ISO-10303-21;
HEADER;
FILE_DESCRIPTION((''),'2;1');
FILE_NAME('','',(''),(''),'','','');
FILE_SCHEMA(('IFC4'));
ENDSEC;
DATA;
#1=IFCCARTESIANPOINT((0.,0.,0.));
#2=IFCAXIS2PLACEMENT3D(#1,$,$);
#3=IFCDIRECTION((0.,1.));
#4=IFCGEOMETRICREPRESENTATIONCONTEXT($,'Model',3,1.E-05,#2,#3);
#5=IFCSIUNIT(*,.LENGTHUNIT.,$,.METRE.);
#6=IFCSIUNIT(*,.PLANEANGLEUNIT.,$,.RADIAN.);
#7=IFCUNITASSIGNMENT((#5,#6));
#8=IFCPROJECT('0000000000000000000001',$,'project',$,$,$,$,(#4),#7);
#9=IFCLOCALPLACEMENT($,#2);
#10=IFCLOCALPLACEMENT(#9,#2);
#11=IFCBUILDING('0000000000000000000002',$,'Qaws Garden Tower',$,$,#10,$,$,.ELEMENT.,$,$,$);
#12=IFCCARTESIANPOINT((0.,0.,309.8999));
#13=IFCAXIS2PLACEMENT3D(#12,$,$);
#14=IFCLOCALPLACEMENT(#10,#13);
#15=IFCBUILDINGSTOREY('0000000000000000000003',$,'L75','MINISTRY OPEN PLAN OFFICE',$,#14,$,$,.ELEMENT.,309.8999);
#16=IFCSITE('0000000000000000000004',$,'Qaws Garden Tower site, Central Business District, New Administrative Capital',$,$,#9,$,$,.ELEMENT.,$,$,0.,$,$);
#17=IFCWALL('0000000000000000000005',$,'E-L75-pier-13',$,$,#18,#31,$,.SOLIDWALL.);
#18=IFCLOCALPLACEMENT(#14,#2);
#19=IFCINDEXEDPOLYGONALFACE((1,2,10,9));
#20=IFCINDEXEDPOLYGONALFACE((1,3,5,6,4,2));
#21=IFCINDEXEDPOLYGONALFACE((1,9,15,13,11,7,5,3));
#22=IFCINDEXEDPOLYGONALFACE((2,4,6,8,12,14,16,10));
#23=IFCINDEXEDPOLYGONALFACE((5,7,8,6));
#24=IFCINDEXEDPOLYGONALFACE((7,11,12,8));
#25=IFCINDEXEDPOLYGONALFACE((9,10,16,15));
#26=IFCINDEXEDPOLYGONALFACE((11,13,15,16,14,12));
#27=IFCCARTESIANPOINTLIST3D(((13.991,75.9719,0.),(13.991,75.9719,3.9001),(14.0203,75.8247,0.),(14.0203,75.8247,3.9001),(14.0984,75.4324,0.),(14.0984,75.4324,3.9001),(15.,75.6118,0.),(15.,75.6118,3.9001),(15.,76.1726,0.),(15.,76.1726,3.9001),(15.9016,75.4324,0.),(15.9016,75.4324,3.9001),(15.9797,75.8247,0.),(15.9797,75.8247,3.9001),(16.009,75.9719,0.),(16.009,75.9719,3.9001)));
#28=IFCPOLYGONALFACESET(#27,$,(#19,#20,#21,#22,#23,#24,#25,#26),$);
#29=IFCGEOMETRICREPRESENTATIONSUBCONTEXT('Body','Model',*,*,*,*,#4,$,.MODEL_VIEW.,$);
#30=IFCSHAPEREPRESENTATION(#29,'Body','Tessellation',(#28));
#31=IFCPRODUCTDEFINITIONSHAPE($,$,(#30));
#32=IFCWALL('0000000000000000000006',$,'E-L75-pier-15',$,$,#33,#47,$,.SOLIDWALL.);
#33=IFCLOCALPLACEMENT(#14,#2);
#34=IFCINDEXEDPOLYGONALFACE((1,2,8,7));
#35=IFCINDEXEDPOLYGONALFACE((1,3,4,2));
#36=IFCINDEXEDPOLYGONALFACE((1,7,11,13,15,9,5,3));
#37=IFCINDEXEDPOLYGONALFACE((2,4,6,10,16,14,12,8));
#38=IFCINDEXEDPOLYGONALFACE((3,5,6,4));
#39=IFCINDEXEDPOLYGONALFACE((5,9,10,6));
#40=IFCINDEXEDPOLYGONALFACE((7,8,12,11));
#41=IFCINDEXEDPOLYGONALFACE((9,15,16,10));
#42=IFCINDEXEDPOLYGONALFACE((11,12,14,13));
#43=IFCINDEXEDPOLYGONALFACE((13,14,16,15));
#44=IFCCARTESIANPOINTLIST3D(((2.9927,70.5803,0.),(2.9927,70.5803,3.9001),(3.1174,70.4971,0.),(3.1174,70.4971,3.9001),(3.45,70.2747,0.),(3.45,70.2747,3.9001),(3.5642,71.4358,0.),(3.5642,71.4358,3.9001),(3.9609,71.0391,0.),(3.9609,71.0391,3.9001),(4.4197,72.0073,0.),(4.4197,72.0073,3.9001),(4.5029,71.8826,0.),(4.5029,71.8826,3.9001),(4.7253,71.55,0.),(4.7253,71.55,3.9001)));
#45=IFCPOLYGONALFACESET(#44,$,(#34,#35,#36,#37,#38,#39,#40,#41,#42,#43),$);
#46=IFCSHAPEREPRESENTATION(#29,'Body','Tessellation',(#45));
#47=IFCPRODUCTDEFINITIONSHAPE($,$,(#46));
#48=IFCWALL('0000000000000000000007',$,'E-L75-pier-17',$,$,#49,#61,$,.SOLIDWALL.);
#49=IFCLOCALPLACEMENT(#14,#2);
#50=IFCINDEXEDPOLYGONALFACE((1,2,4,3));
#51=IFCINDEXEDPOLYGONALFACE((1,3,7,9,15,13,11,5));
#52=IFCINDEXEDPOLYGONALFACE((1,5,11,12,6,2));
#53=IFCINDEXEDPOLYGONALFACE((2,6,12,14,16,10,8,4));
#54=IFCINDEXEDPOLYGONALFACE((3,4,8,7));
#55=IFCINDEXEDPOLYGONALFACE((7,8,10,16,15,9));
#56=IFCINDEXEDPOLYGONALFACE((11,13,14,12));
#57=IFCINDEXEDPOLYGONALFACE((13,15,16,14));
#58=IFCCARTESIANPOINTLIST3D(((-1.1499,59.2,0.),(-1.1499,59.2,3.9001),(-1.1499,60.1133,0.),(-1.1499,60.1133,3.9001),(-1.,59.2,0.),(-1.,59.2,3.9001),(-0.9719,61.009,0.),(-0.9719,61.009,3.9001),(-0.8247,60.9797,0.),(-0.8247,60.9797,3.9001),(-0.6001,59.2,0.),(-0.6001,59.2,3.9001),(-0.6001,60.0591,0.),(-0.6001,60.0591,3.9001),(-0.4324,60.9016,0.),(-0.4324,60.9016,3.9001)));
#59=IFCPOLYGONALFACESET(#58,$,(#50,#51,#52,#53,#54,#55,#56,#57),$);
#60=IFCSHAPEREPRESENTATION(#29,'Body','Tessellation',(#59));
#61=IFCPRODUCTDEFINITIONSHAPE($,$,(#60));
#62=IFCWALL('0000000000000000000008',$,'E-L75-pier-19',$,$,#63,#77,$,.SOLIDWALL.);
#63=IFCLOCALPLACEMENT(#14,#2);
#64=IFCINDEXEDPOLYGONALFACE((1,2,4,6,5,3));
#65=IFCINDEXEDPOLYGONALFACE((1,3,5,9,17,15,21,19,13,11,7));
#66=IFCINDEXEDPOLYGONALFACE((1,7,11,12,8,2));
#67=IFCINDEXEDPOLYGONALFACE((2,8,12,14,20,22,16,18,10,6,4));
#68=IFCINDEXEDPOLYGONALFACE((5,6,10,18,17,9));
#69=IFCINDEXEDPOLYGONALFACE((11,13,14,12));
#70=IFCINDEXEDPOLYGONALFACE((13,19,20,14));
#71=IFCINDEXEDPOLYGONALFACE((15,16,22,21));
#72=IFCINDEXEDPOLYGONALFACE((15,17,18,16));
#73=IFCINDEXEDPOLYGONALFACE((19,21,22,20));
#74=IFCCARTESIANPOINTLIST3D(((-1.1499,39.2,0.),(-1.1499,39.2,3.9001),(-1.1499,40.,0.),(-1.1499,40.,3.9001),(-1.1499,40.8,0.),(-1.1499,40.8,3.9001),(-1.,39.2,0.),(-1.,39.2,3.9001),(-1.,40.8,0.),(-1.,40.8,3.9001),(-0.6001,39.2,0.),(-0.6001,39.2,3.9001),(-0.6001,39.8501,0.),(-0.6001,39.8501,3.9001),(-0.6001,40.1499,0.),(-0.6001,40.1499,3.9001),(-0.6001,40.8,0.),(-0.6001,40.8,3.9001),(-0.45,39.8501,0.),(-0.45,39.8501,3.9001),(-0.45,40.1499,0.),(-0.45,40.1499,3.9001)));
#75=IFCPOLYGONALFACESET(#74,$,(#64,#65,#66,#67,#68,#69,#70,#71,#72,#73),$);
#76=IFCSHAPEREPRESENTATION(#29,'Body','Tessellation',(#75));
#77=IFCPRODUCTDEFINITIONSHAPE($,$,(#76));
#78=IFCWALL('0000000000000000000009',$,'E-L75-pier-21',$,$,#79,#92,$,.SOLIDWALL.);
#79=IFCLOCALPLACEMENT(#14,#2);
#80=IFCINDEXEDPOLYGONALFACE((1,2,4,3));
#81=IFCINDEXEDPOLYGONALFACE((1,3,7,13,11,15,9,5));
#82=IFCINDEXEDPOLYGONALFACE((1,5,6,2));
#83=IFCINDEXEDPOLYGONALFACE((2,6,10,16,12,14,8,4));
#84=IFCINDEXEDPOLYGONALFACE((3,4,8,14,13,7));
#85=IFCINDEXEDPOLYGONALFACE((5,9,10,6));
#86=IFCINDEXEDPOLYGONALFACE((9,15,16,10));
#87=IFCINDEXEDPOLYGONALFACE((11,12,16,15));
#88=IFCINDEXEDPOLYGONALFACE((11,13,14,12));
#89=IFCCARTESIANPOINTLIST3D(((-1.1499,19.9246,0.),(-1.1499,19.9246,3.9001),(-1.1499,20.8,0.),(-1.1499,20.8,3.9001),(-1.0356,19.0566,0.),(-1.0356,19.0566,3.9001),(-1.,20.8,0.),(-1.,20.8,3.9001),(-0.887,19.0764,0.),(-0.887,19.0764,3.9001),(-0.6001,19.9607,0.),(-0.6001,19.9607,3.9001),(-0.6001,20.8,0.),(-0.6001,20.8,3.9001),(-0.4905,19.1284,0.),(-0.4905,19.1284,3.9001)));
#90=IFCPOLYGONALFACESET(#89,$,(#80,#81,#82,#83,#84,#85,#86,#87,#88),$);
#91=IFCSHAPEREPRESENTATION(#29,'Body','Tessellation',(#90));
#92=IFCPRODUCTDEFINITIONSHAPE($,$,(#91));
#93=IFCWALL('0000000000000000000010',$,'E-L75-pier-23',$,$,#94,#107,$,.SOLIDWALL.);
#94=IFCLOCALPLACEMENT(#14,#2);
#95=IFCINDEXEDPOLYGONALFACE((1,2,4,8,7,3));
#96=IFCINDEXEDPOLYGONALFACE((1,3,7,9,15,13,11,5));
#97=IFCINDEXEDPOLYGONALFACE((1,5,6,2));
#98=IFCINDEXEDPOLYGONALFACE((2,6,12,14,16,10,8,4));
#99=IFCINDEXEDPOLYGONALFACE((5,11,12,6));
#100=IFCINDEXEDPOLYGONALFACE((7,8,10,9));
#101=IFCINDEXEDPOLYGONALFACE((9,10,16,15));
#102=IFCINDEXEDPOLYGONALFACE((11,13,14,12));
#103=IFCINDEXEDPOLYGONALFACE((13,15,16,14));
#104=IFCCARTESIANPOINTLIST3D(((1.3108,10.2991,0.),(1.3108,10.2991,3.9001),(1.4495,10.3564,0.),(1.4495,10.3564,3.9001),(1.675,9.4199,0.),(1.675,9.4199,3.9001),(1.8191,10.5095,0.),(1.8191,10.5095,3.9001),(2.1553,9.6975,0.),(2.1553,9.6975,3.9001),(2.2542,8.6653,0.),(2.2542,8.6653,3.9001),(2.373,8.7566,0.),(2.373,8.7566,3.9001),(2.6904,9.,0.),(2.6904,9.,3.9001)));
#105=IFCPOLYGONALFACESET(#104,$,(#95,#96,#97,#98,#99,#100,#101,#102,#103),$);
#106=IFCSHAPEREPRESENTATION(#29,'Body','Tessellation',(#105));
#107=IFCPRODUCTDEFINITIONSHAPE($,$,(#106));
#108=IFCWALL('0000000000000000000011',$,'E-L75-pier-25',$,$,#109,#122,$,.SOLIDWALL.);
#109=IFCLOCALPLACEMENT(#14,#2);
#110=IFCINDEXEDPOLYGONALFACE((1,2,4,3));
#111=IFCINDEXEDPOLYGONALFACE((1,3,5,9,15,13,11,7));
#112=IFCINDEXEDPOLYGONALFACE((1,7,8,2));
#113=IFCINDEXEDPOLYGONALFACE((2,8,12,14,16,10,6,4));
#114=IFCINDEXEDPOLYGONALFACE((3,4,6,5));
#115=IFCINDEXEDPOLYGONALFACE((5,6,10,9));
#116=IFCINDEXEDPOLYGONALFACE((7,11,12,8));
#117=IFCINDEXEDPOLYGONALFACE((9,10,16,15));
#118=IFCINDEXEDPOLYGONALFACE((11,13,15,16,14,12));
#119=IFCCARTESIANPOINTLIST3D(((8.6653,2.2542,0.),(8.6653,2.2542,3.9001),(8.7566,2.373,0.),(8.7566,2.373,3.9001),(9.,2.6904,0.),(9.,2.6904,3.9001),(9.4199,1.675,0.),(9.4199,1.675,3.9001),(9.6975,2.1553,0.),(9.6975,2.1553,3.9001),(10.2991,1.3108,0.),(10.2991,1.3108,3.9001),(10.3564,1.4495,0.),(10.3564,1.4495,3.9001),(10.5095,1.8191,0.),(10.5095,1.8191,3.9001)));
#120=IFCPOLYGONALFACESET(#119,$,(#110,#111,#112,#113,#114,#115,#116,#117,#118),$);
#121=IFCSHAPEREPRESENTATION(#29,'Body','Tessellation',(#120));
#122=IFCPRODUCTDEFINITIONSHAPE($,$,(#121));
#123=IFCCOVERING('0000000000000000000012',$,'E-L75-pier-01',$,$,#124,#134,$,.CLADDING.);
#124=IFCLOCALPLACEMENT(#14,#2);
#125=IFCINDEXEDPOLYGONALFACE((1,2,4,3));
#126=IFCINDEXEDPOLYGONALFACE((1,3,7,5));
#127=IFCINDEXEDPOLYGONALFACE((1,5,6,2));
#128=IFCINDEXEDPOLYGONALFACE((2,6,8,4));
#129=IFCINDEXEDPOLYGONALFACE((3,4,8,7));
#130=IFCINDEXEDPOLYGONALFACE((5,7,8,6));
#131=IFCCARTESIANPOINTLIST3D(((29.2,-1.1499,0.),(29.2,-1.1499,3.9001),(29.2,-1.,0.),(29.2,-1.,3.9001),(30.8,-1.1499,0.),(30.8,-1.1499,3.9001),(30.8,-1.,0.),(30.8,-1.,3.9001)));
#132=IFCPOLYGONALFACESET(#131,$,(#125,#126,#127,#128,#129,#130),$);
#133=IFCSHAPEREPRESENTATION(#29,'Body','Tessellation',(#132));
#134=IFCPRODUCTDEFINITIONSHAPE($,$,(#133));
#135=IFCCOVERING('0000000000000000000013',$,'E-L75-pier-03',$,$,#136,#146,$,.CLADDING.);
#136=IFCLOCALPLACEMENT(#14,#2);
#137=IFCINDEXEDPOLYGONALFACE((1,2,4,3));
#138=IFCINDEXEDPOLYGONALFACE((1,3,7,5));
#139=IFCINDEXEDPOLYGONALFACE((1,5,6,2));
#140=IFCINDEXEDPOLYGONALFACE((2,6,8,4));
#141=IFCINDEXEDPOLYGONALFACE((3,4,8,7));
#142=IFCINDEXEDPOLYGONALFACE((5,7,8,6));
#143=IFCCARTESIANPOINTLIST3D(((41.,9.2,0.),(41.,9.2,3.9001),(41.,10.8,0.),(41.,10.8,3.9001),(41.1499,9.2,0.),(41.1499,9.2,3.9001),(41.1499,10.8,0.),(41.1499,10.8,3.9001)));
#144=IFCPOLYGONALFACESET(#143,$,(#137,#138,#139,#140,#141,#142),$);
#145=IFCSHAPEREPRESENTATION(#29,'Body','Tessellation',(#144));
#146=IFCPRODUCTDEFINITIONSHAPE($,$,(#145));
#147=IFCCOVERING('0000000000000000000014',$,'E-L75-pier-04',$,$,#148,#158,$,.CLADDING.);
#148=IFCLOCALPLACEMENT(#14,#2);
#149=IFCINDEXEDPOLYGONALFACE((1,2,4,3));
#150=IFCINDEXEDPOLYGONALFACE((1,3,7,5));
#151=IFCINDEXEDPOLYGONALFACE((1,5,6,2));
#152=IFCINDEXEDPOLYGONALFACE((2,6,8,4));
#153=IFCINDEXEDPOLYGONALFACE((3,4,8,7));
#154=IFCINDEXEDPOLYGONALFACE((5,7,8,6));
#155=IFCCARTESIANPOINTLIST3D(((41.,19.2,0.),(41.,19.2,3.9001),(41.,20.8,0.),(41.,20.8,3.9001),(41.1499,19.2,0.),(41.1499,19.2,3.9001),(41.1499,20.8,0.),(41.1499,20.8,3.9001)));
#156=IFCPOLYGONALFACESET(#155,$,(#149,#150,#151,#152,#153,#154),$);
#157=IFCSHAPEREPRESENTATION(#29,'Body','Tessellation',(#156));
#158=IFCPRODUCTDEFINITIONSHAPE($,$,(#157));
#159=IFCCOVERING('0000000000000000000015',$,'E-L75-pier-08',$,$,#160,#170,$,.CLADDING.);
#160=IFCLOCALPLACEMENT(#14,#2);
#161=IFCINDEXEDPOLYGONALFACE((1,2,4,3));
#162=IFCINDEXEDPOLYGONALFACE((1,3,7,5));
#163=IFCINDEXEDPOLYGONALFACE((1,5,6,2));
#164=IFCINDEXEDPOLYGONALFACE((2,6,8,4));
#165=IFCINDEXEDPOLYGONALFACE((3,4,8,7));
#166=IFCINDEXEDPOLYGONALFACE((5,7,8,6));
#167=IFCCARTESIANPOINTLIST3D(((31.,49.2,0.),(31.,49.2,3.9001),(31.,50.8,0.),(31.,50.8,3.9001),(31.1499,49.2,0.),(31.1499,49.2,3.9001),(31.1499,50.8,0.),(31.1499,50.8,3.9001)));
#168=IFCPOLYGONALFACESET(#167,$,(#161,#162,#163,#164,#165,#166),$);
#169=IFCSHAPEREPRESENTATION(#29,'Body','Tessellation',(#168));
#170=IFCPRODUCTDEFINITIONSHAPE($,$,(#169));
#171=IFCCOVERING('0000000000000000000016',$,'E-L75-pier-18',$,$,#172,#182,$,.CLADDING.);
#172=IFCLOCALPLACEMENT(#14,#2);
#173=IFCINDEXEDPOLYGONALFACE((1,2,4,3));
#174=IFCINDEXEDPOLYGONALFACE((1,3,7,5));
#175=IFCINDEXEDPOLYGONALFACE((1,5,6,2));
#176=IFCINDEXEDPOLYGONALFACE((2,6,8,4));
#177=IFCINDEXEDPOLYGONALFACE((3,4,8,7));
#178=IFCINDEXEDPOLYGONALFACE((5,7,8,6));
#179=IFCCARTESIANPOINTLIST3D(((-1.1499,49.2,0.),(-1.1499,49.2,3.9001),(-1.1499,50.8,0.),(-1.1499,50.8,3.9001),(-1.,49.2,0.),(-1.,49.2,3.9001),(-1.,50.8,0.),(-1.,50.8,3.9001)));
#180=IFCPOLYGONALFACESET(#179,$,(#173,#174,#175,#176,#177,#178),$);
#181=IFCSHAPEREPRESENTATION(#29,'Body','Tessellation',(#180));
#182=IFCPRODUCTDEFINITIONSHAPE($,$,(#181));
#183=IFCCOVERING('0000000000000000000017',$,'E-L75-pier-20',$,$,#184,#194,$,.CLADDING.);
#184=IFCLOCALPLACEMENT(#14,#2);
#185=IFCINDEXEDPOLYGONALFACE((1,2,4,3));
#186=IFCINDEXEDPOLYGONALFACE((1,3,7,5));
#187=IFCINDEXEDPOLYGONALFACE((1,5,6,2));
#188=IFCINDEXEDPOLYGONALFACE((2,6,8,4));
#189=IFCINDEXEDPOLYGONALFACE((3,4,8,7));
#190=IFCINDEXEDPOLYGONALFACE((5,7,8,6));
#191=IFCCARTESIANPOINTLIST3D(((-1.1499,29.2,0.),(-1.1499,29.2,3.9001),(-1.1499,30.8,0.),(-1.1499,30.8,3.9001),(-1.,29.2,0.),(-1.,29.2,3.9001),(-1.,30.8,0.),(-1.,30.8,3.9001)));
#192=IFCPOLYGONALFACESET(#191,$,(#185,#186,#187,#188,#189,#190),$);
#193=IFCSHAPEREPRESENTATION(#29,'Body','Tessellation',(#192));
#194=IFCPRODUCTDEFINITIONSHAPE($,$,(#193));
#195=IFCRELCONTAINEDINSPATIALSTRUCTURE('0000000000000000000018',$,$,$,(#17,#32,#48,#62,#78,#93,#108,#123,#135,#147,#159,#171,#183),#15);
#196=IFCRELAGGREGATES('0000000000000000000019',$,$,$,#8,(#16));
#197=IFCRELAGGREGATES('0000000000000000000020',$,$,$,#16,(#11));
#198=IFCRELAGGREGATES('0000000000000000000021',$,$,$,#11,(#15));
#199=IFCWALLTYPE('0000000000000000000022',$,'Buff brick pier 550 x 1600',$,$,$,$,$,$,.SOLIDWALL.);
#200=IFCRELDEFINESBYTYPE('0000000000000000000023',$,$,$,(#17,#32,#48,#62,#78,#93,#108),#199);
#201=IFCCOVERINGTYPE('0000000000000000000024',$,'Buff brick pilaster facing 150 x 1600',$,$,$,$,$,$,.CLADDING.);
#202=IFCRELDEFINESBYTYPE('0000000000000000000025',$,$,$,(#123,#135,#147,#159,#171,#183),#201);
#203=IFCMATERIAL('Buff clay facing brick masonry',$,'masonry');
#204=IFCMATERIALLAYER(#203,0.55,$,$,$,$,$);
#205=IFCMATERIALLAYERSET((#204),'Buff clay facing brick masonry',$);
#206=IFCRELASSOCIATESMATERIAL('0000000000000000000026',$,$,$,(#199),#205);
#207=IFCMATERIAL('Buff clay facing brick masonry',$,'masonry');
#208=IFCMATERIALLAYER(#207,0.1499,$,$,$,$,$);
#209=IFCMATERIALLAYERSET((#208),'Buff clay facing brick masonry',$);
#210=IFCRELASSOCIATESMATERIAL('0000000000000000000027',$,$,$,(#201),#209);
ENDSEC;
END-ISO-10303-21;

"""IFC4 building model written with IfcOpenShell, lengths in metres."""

from ifc_helpers import new_model, si_unit, direction, frame, origin, place, context, subcontext, project, spatial, polyline, outline, extrude, material, layer, layer_set, type_object, element, save


model = new_model("IFC4")

# Units and contexts
model_context = context("Model", 3, precision=1e-05, world=origin(), true_north=direction((0.0, 1.0)))
body_context = subcontext(model_context, "Body", "Model", "MODEL_VIEW")
ifc_project = project(units=[si_unit("LENGTHUNIT", "METRE"), si_unit("PLANEANGLEUNIT", "RADIAN")], contexts=[model_context])

# Site, building, storey
site_placement = place(None, origin())
site = spatial("IfcSite", under=ifc_project, at=site_placement, Name="Qaws Garden Tower site, Central Business District, New Administrative Capital", CompositionType="ELEMENT", RefElevation=0.0)
building_placement = place(site_placement, origin())
building = spatial("IfcBuilding", under=site, at=building_placement, Name="Qaws Garden Tower", CompositionType="ELEMENT")
storey_placement = place(building_placement, frame((0.0, 0.0, 309.8999)))
storey = spatial("IfcBuildingStorey", under=building, at=storey_placement, Name="L75", Description="MINISTRY OPEN PLAN OFFICE", CompositionType="ELEMENT", Elevation=309.8999)

# Walls
placement = place(storey_placement, origin())
ifc_material_1 = material(Name="Buff clay facing brick masonry", Category="masonry")
ifc_layer_1 = layer(ifc_material_1, 0.55)
ifc_layer_set_1 = layer_set([ifc_layer_1], Name="Buff clay facing brick masonry")
wall_type_1 = type_object("IfcWallType", Name="Buff brick pier 550 x 1600", PredefinedType="SOLIDWALL", material=ifc_layer_set_1)
element("IfcWall", 1, at=placement, inside=storey, type_object=wall_type_1, Name="E-L75-pier-13", PredefinedType="SOLIDWALL", context=body_context, shape_type="SweptSolid", body=[
    extrude(outline(polyline([(15.9797, 75.8247), (16.009, 75.9719), (15.0, 76.1726), (13.991, 75.9719), (14.0203, 75.8247), (14.0984, 75.4324), (15.0, 75.6118), (15.9016, 75.4324), (15.9797, 75.8247)])), origin(), (0.0, 0.0, 1.0), 3.9001),
])
element("IfcWall", 2, at=placement, inside=storey, type_object=wall_type_1, Name="E-L75-pier-15", PredefinedType="SOLIDWALL", context=body_context, shape_type="SweptSolid", body=[
    extrude(outline(polyline([(4.5029, 71.8826), (4.4197, 72.0073), (3.5642, 71.4358), (2.9927, 70.5803), (3.1174, 70.4971), (3.45, 70.2747), (3.9609, 71.0391), (4.7253, 71.55), (4.5029, 71.8826)])), origin(), (0.0, 0.0, 1.0), 3.9001),
])
element("IfcWall", 3, at=placement, inside=storey, type_object=wall_type_1, Name="E-L75-pier-17", PredefinedType="SOLIDWALL", context=body_context, shape_type="SweptSolid", body=[
    extrude(outline(polyline([(-0.8247, 60.9797), (-0.9719, 61.009), (-1.1499, 60.1133), (-1.1499, 59.2), (-1.0, 59.2), (-0.6001, 59.2), (-0.6001, 60.0591), (-0.4324, 60.9016), (-0.8247, 60.9797)])), origin(), (0.0, 0.0, 1.0), 3.9001),
])
element("IfcWall", 4, at=placement, inside=storey, type_object=wall_type_1, Name="E-L75-pier-19", PredefinedType="SOLIDWALL", context=body_context, shape_type="SweptSolid", body=[
    extrude(outline(polyline([(-0.6001, 39.2), (-0.6001, 39.8501), (-0.45, 39.8501), (-0.45, 40.1499), (-0.6001, 40.1499), (-0.6001, 40.8), (-1.0, 40.8), (-1.1499, 40.8), (-1.1499, 40.0), (-1.1499, 39.2), (-1.0, 39.2), (-0.6001, 39.2)])), origin(), (0.0, 0.0, 1.0), 3.9001),
])
element("IfcWall", 5, at=placement, inside=storey, type_object=wall_type_1, Name="E-L75-pier-21", PredefinedType="SOLIDWALL", context=body_context, shape_type="SweptSolid", body=[
    extrude(outline(polyline([(-1.0, 20.8), (-1.1499, 20.8), (-1.1499, 19.9246), (-1.0356, 19.0566), (-0.887, 19.0764), (-0.4905, 19.1284), (-0.6001, 19.9607), (-0.6001, 20.8), (-1.0, 20.8)])), origin(), (0.0, 0.0, 1.0), 3.9001),
])
element("IfcWall", 6, at=placement, inside=storey, type_object=wall_type_1, Name="E-L75-pier-23", PredefinedType="SOLIDWALL", context=body_context, shape_type="SweptSolid", body=[
    extrude(outline(polyline([(1.4495, 10.3564), (1.3108, 10.2991), (1.675, 9.4199), (2.2542, 8.6653), (2.373, 8.7566), (2.6904, 9.0), (2.1553, 9.6975), (1.8191, 10.5095), (1.4495, 10.3564)])), origin(), (0.0, 0.0, 1.0), 3.9001),
])
element("IfcWall", 7, at=placement, inside=storey, type_object=wall_type_1, Name="E-L75-pier-25", PredefinedType="SOLIDWALL", context=body_context, shape_type="SweptSolid", body=[
    extrude(outline(polyline([(8.7566, 2.373), (8.6653, 2.2542), (9.4199, 1.675), (10.2991, 1.3108), (10.3564, 1.4495), (10.5095, 1.8191), (9.6975, 2.1553), (9.0, 2.6904), (8.7566, 2.373)])), origin(), (0.0, 0.0, 1.0), 3.9001),
])

# Coverings
ifc_material_2 = material(Name="Buff clay facing brick masonry", Category="masonry")
ifc_layer_2 = layer(ifc_material_2, 0.1499)
ifc_layer_set_2 = layer_set([ifc_layer_2], Name="Buff clay facing brick masonry")
covering_type = type_object("IfcCoveringType", Name="Buff brick pilaster facing 150 x 1600", PredefinedType="CLADDING", material=ifc_layer_set_2)
element("IfcCovering", 8, at=placement, inside=storey, type_object=covering_type, Name="E-L75-pier-01", PredefinedType="CLADDING", context=body_context, shape_type="SweptSolid", body=[
    extrude(outline(polyline([(29.2, -1.0), (30.8, -1.0), (30.8, -1.1499), (29.2, -1.1499), (29.2, -1.0)])), origin(), (0.0, 0.0, 1.0), 3.9001),
])
element("IfcCovering", 9, at=placement, inside=storey, type_object=covering_type, Name="E-L75-pier-03", PredefinedType="CLADDING", context=body_context, shape_type="SweptSolid", body=[
    extrude(outline(polyline([(41.0, 9.2), (41.0, 10.8), (41.1499, 10.8), (41.1499, 9.2), (41.0, 9.2)])), origin(), (0.0, 0.0, 1.0), 3.9001),
])
element("IfcCovering", 10, at=placement, inside=storey, type_object=covering_type, Name="E-L75-pier-04", PredefinedType="CLADDING", context=body_context, shape_type="SweptSolid", body=[
    extrude(outline(polyline([(41.0, 19.2), (41.0, 20.8), (41.1499, 20.8), (41.1499, 19.2), (41.0, 19.2)])), origin(), (0.0, 0.0, 1.0), 3.9001),
])
element("IfcCovering", 11, at=placement, inside=storey, type_object=covering_type, Name="E-L75-pier-08", PredefinedType="CLADDING", context=body_context, shape_type="SweptSolid", body=[
    extrude(outline(polyline([(31.0, 49.2), (31.0, 50.8), (31.1499, 50.8), (31.1499, 49.2), (31.0, 49.2)])), origin(), (0.0, 0.0, 1.0), 3.9001),
])
element("IfcCovering", 12, at=placement, inside=storey, type_object=covering_type, Name="E-L75-pier-18", PredefinedType="CLADDING", context=body_context, shape_type="SweptSolid", body=[
    extrude(outline(polyline([(-1.0, 50.8), (-1.0, 49.2), (-1.1499, 49.2), (-1.1499, 50.8), (-1.0, 50.8)])), origin(), (0.0, 0.0, 1.0), 3.9001),
])
element("IfcCovering", 13, at=placement, inside=storey, type_object=covering_type, Name="E-L75-pier-20", PredefinedType="CLADDING", context=body_context, shape_type="SweptSolid", body=[
    extrude(outline(polyline([(-1.0, 30.8), (-1.0, 29.2), (-1.1499, 29.2), (-1.1499, 30.8), (-1.0, 30.8)])), origin(), (0.0, 0.0, 1.0), 3.9001),
])

save(model, "model.ifc")
